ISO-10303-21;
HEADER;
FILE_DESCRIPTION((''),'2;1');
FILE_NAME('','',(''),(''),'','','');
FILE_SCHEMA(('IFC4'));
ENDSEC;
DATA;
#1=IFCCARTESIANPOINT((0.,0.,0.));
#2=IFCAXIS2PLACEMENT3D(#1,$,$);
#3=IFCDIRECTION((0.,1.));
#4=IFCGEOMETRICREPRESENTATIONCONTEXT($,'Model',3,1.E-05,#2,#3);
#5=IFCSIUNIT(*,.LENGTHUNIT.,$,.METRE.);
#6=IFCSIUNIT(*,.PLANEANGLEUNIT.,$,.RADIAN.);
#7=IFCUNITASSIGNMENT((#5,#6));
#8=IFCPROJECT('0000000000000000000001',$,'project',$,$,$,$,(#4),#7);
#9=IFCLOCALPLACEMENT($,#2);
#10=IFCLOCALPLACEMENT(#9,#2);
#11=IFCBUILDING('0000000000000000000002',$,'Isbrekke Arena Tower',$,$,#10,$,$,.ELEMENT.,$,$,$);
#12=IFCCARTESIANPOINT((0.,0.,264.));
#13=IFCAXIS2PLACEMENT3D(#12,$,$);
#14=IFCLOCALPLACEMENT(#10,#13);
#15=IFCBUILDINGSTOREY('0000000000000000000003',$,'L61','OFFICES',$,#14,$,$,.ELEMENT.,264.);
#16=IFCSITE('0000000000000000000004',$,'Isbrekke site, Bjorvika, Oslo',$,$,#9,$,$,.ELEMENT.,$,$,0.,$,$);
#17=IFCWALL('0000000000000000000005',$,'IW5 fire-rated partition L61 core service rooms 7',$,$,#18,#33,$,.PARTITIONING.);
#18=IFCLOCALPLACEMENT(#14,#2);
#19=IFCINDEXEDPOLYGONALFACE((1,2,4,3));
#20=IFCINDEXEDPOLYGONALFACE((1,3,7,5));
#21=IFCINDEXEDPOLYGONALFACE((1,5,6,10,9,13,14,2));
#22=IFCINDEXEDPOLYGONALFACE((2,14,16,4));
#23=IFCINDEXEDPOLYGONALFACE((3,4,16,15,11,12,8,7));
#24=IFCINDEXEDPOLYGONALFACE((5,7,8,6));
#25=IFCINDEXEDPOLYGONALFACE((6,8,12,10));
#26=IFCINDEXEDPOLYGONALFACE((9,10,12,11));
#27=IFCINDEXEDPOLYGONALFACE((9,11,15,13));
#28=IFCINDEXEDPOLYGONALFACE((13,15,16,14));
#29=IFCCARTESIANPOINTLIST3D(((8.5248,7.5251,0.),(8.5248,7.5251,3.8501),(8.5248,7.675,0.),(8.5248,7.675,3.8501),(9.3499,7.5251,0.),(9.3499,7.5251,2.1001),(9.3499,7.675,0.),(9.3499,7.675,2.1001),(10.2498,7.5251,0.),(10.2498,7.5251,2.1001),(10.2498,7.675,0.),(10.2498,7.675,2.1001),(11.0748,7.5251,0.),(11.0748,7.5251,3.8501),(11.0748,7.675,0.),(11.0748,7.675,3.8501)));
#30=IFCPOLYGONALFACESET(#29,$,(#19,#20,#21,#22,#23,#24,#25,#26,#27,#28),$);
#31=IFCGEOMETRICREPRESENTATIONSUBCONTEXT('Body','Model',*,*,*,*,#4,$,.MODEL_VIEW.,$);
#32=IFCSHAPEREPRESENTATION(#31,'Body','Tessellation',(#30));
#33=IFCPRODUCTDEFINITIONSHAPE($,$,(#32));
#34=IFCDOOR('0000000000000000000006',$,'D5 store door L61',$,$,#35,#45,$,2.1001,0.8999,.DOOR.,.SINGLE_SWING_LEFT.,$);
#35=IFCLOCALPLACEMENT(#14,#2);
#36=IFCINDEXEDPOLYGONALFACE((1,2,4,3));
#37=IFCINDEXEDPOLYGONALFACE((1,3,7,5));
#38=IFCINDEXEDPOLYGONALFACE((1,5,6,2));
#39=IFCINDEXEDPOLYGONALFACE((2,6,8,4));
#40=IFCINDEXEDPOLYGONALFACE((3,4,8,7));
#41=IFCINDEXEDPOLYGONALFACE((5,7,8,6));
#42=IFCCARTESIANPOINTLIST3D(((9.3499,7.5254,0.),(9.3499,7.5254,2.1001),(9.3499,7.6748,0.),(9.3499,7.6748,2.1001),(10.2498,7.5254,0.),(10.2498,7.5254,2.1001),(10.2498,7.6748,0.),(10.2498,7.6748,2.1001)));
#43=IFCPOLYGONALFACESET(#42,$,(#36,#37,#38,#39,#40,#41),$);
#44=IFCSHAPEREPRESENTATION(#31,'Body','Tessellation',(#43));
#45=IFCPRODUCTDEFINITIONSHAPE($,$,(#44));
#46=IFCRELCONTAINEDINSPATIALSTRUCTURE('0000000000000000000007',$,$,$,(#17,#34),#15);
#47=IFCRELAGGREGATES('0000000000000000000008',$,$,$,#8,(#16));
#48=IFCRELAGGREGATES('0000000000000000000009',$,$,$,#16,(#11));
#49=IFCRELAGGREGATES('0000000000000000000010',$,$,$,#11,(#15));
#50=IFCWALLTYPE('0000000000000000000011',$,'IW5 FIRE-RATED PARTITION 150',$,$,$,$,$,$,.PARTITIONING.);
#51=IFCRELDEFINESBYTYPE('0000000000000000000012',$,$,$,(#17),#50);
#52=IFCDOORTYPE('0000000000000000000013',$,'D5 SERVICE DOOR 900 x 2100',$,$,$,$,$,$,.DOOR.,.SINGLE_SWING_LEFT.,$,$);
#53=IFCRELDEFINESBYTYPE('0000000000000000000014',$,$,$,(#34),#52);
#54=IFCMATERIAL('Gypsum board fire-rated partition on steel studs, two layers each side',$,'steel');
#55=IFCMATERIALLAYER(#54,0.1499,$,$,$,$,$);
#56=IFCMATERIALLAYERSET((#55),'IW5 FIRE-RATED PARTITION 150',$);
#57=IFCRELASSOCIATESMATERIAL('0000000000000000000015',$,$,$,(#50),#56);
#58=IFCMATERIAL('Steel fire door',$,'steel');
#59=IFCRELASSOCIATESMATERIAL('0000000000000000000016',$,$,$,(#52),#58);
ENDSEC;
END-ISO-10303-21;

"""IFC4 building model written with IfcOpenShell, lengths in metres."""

from ifc_helpers import new_model, si_unit, direction, frame, frame_2d, origin, place, context, subcontext, project, spatial, rectangle, extrude, material, layer, layer_set, type_object, element, fill, save


model = new_model("IFC4")

# Units and contexts
model_context = context("Model", 3, precision=1e-05, world=origin(), true_north=direction((0.0, 1.0)))
body_context = subcontext(model_context, "Body", "Model", "MODEL_VIEW")
ifc_project = project(units=[si_unit("LENGTHUNIT", "METRE"), si_unit("PLANEANGLEUNIT", "RADIAN")], contexts=[model_context])

# Site, building, storey
site_placement = place(None, origin())
site = spatial("IfcSite", under=ifc_project, at=site_placement, Name="Isbrekke site, Bjorvika, Oslo", CompositionType="ELEMENT", RefElevation=0.0)
building_placement = place(site_placement, origin())
building = spatial("IfcBuilding", under=site, at=building_placement, Name="Isbrekke Arena Tower", CompositionType="ELEMENT")
storey_placement = place(building_placement, frame((0.0, 0.0, 264.0)))
storey = spatial("IfcBuildingStorey", under=building, at=storey_placement, Name="L61", Description="OFFICES", CompositionType="ELEMENT", Elevation=264.0)

# Shared definitions
ifc_material_1 = material(Name="Gypsum board fire-rated partition on steel studs, two layers each side", Category="steel")
ifc_layer_1 = layer(ifc_material_1, 0.1499)
ifc_layer_set_1 = layer_set([ifc_layer_1], Name="IW5 FIRE-RATED PARTITION 150")
wall_type_1 = type_object("IfcWallType", Name="IW5 FIRE-RATED PARTITION 150", PredefinedType="PARTITIONING", material=ifc_layer_set_1)

# Wall, opening, door
ifc_material_2 = material(Name="Steel fire door", Category="steel")
door_type = type_object("IfcDoorType", Name="D5 SERVICE DOOR 900 x 2100", OperationType="SINGLE_SWING_LEFT", PredefinedType="DOOR", material=ifc_material_2)
wall_1_placement = place(storey_placement, frame((8.5249, 7.6001, 0.0), z_axis=(0.0, 0.0, 1.0), x_axis=(1.0, 0.0, 0.0)))
wall_1 = element("IfcWall", 1, at=wall_1_placement, inside=storey, type_object=wall_type_1, Name="IW5 fire-rated partition L61 core service rooms 7", PredefinedType="PARTITIONING", context=body_context, shape_type="SweptSolid", body=[
    extrude(rectangle(XDim=2.55, YDim=0.1499, at=frame_2d((1.2749, 0.0))), origin(), (0.0, 0.0, 1.0), 3.8501),
])
opening_1_placement = place(wall_1_placement, frame((0.825, 0.0, 0.0)))
opening_1 = element("IfcOpeningElement", 2, at=opening_1_placement, cuts=wall_1, PredefinedType="OPENING", context=body_context, shape_type="SweptSolid", body=[
    extrude(rectangle(XDim=0.8999, YDim=2.1001, at=frame_2d((0.45, 1.05))), frame((0.0, 0.0898, 0.0), z_axis=(0.0, -1.0, 0.0), x_axis=(1.0, 0.0, 0.0)), (0.0, 0.0, 1.0), 0.1797),
])
door_1_placement = place(opening_1_placement, origin())
door_1 = element("IfcDoor", 3, at=door_1_placement, inside=storey, type_object=door_type, Name="D5 store door L61", OperationType="SINGLE_SWING_LEFT", OverallHeight=2.1001, OverallWidth=0.8999, PredefinedType="DOOR", context=body_context, shape_type="SweptSolid", body=[
    extrude(rectangle(XDim=0.8999, YDim=2.1001, at=frame_2d((0.45, 1.05))), frame((0.0, 0.0747, 0.0), z_axis=(0.0, -1.0, 0.0), x_axis=(1.0, 0.0, 0.0)), (0.0, 0.0, 1.0), 0.1494),
])
fill(opening_1, door_1)

save(model, "model.ifc")
